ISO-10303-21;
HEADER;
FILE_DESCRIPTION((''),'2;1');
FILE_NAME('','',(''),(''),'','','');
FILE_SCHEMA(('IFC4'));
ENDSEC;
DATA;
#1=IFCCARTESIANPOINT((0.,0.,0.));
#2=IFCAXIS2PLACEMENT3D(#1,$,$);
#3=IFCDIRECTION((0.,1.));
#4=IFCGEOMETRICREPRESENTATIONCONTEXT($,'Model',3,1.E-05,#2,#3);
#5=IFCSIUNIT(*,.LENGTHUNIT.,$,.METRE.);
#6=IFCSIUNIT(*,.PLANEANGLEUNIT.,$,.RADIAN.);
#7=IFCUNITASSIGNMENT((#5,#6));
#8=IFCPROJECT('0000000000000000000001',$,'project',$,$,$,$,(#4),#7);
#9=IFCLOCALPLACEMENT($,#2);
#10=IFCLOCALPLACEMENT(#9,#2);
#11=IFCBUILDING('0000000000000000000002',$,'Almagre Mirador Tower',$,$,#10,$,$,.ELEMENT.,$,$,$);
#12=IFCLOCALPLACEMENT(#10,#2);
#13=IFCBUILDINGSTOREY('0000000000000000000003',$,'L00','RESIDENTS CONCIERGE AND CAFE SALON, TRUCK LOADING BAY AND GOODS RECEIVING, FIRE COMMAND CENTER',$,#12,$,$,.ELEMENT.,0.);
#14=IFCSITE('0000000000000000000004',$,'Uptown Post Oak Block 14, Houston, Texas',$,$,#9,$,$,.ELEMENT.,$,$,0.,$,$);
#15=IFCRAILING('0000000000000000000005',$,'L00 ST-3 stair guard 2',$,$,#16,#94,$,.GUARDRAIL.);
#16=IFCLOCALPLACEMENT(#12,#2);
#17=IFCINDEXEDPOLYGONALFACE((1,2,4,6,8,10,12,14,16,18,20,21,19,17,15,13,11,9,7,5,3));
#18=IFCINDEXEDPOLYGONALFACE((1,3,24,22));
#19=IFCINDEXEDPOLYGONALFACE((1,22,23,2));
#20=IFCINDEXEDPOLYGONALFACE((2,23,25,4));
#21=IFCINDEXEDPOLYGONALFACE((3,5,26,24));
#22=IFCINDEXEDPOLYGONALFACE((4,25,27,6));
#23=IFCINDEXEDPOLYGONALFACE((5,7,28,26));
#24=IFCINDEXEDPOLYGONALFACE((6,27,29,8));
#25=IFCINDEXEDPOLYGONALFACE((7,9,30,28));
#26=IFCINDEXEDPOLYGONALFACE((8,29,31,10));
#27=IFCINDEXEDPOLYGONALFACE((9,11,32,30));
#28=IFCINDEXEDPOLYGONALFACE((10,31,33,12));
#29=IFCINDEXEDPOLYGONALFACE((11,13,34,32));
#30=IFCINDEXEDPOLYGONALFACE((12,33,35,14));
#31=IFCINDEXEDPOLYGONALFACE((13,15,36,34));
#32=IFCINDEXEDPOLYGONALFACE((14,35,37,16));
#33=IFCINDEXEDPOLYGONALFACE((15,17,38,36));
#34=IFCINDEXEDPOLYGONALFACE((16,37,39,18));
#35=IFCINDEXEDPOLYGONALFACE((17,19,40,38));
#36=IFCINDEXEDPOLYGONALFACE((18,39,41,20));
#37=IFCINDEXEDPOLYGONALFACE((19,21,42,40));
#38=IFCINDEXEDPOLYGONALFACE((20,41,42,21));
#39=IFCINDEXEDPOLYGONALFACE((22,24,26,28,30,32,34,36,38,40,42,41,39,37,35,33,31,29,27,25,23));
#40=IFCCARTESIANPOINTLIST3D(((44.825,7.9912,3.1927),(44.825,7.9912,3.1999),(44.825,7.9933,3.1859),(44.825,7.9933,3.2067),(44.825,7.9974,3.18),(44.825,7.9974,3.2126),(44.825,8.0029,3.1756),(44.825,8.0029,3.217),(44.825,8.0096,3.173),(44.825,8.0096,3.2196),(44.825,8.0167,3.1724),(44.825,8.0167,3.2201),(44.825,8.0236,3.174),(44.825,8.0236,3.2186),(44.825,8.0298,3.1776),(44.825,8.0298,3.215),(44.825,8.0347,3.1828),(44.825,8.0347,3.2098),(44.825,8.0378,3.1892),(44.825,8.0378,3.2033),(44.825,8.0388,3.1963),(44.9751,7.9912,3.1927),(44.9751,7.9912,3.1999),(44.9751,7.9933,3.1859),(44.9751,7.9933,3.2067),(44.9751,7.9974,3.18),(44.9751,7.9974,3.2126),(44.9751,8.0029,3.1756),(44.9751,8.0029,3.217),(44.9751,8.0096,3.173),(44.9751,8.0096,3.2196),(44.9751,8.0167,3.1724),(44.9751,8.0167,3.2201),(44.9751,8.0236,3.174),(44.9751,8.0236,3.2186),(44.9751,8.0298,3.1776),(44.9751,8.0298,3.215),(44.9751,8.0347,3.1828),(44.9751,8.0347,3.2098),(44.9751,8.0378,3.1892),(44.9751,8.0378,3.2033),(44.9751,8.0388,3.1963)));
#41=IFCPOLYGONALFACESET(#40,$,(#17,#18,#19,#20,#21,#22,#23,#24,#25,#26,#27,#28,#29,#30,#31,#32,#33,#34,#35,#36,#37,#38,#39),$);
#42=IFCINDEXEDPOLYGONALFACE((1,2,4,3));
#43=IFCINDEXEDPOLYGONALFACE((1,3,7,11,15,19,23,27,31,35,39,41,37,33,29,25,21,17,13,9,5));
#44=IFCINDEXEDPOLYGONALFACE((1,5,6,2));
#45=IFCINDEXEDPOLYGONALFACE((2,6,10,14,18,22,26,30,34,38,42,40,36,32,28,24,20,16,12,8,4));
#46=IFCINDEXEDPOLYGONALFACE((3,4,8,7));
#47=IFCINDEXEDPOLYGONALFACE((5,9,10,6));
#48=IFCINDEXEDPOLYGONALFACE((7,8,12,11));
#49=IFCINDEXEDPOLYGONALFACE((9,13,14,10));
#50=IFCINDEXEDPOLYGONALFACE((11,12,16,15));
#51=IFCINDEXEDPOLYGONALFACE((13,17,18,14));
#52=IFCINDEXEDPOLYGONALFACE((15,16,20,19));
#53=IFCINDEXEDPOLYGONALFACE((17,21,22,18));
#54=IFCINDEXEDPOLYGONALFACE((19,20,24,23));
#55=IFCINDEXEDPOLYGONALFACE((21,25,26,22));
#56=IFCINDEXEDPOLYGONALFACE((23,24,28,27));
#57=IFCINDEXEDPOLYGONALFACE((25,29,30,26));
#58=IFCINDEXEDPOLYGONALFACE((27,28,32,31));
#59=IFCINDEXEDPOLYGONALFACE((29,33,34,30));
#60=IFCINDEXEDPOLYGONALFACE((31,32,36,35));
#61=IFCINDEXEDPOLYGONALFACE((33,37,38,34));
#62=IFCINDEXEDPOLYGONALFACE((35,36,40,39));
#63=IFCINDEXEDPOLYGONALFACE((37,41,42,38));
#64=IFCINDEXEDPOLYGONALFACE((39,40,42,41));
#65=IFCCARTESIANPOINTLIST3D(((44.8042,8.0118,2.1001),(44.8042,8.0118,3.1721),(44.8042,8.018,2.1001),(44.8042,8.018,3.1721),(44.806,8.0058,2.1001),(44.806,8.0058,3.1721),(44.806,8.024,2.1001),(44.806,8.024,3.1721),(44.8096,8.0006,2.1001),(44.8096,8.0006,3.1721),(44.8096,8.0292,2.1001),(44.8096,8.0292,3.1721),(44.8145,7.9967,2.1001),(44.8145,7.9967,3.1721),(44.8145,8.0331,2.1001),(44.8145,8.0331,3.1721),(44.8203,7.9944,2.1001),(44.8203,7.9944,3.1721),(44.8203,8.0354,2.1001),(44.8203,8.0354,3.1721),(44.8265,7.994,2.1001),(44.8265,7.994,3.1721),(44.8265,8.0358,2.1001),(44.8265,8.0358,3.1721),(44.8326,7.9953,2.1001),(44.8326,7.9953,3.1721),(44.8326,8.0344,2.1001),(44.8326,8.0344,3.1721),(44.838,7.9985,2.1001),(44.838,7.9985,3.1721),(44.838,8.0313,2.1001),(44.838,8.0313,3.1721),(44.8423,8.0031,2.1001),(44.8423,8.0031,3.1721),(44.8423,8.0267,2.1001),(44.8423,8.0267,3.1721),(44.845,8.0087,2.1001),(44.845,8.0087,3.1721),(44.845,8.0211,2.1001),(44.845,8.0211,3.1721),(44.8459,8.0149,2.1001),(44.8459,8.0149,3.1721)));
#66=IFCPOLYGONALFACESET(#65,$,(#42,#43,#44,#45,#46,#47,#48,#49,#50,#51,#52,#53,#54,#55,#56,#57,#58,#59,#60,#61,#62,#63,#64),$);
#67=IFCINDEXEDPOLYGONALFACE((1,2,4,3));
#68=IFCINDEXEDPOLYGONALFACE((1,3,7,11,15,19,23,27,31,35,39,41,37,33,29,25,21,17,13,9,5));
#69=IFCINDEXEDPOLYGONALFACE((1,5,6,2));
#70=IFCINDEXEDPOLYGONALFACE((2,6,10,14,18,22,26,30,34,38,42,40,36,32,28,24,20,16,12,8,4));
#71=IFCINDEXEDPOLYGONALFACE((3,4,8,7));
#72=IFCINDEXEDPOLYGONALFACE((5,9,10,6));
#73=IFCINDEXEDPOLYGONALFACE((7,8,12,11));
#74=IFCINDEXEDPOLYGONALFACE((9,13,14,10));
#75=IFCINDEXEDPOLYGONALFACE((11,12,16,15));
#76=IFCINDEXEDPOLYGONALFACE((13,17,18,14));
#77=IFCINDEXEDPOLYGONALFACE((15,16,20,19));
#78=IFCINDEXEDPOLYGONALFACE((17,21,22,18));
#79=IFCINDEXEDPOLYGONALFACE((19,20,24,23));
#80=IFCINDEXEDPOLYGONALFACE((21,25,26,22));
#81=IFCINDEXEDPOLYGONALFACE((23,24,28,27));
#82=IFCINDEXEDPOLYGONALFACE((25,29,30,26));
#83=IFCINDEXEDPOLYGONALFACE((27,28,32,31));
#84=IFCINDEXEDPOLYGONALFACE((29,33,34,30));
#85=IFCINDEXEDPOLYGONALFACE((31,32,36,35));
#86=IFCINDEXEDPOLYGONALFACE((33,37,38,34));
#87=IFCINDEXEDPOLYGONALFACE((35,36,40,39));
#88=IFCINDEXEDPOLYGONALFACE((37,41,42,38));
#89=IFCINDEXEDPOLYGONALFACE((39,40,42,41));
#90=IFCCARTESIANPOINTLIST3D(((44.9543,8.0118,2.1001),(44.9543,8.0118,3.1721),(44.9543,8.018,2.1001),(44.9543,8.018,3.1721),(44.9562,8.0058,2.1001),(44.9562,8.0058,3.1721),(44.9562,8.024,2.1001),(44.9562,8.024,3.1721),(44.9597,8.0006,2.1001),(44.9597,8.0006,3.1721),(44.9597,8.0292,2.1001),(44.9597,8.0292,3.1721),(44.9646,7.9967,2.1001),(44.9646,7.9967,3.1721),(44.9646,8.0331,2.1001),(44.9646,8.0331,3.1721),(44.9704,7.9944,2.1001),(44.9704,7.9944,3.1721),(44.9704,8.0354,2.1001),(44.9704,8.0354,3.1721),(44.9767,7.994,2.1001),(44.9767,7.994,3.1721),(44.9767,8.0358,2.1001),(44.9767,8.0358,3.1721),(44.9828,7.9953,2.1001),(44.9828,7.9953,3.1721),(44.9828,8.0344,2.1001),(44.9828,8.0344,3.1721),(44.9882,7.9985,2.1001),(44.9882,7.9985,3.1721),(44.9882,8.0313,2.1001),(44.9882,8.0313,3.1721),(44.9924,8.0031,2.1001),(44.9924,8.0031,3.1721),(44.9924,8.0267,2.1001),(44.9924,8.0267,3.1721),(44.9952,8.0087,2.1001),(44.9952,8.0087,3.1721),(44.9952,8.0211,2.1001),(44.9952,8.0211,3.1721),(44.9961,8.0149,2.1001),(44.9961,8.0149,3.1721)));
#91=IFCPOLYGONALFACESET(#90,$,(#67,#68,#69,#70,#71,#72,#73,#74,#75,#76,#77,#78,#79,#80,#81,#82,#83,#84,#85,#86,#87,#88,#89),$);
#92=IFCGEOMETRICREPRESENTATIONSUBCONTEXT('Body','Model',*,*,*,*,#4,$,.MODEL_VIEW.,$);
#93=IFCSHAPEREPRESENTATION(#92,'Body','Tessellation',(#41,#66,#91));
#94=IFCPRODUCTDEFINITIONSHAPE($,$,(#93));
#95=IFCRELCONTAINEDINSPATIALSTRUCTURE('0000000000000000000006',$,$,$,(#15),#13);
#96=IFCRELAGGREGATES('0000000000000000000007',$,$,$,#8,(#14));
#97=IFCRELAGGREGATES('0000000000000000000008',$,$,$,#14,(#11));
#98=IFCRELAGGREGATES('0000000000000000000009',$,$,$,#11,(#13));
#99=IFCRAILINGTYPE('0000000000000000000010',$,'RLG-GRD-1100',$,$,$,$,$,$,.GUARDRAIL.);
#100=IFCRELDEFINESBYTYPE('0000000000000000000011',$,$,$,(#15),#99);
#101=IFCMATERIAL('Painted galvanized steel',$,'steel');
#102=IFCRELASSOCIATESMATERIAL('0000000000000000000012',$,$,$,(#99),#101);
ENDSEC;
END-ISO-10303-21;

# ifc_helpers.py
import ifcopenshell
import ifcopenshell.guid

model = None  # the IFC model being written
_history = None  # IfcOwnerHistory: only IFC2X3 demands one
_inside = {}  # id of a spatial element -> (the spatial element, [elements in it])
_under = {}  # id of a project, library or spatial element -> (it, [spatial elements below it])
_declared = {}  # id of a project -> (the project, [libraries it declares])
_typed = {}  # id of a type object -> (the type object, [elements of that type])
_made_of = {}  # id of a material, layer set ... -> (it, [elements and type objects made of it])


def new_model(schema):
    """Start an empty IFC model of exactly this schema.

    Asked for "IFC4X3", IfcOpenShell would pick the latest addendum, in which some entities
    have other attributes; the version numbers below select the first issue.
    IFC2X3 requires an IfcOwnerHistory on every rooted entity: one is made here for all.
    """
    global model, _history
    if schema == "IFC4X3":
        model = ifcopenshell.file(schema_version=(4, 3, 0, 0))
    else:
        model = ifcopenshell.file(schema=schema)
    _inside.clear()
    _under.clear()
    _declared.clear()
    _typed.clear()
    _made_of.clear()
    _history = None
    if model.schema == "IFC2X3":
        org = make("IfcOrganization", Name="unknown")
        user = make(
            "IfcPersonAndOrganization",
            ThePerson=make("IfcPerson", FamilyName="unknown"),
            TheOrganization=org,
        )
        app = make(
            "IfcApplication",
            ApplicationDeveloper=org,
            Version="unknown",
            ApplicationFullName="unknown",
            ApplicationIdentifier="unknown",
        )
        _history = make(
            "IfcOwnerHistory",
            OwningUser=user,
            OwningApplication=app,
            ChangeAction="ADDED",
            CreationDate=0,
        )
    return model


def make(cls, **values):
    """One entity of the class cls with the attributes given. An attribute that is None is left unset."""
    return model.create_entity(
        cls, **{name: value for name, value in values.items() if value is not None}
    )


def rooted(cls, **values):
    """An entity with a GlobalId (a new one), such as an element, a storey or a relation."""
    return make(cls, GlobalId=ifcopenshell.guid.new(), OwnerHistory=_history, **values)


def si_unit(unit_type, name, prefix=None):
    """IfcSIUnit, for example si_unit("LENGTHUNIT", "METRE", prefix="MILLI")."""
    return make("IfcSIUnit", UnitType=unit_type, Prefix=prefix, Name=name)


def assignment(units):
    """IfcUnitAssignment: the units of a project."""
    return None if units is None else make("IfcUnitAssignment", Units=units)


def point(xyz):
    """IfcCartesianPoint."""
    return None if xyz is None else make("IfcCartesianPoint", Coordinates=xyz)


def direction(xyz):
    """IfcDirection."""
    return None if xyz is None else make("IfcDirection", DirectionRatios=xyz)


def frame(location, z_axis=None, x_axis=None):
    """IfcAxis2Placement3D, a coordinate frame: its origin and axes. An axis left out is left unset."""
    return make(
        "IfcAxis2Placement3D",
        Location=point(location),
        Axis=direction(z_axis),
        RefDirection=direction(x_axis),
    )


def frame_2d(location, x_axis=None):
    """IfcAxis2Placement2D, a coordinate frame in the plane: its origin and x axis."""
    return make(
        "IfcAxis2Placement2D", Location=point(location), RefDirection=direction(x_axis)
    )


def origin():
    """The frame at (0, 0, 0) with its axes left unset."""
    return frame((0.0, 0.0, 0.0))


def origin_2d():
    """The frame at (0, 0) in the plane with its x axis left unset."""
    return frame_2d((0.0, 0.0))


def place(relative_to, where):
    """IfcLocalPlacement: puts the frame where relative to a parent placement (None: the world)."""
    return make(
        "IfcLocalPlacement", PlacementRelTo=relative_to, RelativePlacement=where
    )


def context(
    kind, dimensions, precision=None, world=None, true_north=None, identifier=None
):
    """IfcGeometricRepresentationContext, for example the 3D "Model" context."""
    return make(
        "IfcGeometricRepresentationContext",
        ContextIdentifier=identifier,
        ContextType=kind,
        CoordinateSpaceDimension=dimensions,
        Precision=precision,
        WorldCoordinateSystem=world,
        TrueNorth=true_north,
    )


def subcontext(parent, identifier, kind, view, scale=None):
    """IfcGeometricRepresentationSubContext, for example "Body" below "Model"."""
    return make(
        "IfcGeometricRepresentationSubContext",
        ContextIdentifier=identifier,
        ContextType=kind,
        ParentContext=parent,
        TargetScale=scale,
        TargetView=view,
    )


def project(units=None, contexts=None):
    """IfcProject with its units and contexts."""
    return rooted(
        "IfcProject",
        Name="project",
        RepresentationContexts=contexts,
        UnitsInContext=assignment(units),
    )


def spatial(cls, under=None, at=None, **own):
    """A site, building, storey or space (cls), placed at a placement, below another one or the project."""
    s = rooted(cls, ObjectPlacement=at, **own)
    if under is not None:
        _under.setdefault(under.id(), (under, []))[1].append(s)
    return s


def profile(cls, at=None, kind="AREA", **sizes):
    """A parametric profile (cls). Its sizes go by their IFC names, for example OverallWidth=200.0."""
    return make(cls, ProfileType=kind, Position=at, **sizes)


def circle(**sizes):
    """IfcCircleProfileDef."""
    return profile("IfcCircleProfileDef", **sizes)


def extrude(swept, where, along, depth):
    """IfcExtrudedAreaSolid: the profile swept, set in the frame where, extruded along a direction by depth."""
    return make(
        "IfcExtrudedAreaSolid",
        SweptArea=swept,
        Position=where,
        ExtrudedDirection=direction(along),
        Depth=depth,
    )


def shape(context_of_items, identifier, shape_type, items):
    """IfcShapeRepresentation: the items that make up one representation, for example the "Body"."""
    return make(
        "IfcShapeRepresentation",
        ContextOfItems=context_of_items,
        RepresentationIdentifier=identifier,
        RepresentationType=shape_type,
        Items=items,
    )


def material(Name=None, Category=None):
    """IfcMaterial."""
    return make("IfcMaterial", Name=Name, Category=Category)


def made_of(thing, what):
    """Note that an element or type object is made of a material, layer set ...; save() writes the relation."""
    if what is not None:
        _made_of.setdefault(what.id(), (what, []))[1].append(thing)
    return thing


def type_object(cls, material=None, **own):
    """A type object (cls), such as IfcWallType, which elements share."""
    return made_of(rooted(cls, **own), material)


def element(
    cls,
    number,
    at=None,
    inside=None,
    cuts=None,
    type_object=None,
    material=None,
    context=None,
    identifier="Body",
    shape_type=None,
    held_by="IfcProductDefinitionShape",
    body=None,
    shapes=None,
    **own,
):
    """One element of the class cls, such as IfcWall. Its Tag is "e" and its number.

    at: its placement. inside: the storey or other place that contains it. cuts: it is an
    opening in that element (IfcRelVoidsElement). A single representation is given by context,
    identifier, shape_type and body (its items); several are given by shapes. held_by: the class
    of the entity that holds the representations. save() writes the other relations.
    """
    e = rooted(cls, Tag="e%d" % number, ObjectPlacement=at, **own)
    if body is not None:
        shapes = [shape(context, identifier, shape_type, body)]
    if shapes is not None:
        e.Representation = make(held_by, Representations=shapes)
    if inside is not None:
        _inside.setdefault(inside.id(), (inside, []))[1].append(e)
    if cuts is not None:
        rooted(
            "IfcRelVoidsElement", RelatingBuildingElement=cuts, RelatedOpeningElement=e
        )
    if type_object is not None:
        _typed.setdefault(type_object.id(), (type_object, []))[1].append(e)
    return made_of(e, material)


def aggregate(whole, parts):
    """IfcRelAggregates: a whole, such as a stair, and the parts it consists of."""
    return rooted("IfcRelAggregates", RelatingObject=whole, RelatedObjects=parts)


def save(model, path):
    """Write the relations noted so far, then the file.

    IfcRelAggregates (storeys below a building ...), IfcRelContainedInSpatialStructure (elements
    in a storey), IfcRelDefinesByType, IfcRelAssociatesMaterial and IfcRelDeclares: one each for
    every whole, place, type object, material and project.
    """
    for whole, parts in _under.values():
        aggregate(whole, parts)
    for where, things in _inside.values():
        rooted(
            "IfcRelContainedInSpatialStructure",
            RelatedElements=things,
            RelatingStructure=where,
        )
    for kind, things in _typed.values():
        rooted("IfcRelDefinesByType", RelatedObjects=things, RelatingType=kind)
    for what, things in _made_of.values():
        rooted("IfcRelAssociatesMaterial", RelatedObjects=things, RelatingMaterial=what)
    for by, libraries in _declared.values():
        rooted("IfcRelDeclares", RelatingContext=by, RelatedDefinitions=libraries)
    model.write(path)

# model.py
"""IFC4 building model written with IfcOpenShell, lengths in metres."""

from ifc_helpers import new_model, si_unit, direction, frame, origin, origin_2d, place, context, subcontext, project, spatial, circle, extrude, material, type_object, element, save


model = new_model("IFC4")

# Units and contexts
model_context = context("Model", 3, precision=1e-05, world=origin(), true_north=direction((0.0, 1.0)))
body_context = subcontext(model_context, "Body", "Model", "MODEL_VIEW")
ifc_project = project(units=[si_unit("LENGTHUNIT", "METRE"), si_unit("PLANEANGLEUNIT", "RADIAN")], contexts=[model_context])

# Site, building, storey
site_placement = place(None, origin())
site = spatial("IfcSite", under=ifc_project, at=site_placement, Name="Uptown Post Oak Block 14, Houston, Texas", CompositionType="ELEMENT", RefElevation=0.0)
building_placement = place(site_placement, origin())
building = spatial("IfcBuilding", under=site, at=building_placement, Name="Almagre Mirador Tower", CompositionType="ELEMENT")
storey_placement = place(building_placement, origin())
storey = spatial("IfcBuildingStorey", under=building, at=storey_placement, Name="L00", Description="RESIDENTS CONCIERGE AND CAFE SALON, TRUCK LOADING BAY AND GOODS RECEIVING, FIRE COMMAND CENTER", CompositionType="ELEMENT", Elevation=0.0)

# Railing
ifc_material_1 = material(Name="Painted galvanized steel", Category="steel")
railing_type_1 = type_object("IfcRailingType", Name="RLG-GRD-1100", PredefinedType="GUARDRAIL", material=ifc_material_1)
railing_1_placement = place(storey_placement, frame((44.825, 8.0149, 2.1001)))
element("IfcRailing", 1, at=railing_1_placement, inside=storey, type_object=railing_type_1, Name="L00 ST-3 stair guard 2", PredefinedType="GUARDRAIL", context=body_context, shape_type="SweptSolid", body=[
    extrude(circle(Radius=0.0239, at=origin_2d()), frame((0.0, 0.0, 1.0962), z_axis=(1.0, 0.0, 0.0), x_axis=(0.0, 1.0, 0.0)), (0.0, 0.0, 1.0), 0.1501),
    extrude(circle(Radius=0.021, at=origin_2d()), origin(), (0.0, 0.0, 1.0), 1.072),
    extrude(circle(Radius=0.021, at=origin_2d()), frame((0.1501, 0.0, 0.0)), (0.0, 0.0, 1.0), 1.072),
])

save(model, "model.ifc")
